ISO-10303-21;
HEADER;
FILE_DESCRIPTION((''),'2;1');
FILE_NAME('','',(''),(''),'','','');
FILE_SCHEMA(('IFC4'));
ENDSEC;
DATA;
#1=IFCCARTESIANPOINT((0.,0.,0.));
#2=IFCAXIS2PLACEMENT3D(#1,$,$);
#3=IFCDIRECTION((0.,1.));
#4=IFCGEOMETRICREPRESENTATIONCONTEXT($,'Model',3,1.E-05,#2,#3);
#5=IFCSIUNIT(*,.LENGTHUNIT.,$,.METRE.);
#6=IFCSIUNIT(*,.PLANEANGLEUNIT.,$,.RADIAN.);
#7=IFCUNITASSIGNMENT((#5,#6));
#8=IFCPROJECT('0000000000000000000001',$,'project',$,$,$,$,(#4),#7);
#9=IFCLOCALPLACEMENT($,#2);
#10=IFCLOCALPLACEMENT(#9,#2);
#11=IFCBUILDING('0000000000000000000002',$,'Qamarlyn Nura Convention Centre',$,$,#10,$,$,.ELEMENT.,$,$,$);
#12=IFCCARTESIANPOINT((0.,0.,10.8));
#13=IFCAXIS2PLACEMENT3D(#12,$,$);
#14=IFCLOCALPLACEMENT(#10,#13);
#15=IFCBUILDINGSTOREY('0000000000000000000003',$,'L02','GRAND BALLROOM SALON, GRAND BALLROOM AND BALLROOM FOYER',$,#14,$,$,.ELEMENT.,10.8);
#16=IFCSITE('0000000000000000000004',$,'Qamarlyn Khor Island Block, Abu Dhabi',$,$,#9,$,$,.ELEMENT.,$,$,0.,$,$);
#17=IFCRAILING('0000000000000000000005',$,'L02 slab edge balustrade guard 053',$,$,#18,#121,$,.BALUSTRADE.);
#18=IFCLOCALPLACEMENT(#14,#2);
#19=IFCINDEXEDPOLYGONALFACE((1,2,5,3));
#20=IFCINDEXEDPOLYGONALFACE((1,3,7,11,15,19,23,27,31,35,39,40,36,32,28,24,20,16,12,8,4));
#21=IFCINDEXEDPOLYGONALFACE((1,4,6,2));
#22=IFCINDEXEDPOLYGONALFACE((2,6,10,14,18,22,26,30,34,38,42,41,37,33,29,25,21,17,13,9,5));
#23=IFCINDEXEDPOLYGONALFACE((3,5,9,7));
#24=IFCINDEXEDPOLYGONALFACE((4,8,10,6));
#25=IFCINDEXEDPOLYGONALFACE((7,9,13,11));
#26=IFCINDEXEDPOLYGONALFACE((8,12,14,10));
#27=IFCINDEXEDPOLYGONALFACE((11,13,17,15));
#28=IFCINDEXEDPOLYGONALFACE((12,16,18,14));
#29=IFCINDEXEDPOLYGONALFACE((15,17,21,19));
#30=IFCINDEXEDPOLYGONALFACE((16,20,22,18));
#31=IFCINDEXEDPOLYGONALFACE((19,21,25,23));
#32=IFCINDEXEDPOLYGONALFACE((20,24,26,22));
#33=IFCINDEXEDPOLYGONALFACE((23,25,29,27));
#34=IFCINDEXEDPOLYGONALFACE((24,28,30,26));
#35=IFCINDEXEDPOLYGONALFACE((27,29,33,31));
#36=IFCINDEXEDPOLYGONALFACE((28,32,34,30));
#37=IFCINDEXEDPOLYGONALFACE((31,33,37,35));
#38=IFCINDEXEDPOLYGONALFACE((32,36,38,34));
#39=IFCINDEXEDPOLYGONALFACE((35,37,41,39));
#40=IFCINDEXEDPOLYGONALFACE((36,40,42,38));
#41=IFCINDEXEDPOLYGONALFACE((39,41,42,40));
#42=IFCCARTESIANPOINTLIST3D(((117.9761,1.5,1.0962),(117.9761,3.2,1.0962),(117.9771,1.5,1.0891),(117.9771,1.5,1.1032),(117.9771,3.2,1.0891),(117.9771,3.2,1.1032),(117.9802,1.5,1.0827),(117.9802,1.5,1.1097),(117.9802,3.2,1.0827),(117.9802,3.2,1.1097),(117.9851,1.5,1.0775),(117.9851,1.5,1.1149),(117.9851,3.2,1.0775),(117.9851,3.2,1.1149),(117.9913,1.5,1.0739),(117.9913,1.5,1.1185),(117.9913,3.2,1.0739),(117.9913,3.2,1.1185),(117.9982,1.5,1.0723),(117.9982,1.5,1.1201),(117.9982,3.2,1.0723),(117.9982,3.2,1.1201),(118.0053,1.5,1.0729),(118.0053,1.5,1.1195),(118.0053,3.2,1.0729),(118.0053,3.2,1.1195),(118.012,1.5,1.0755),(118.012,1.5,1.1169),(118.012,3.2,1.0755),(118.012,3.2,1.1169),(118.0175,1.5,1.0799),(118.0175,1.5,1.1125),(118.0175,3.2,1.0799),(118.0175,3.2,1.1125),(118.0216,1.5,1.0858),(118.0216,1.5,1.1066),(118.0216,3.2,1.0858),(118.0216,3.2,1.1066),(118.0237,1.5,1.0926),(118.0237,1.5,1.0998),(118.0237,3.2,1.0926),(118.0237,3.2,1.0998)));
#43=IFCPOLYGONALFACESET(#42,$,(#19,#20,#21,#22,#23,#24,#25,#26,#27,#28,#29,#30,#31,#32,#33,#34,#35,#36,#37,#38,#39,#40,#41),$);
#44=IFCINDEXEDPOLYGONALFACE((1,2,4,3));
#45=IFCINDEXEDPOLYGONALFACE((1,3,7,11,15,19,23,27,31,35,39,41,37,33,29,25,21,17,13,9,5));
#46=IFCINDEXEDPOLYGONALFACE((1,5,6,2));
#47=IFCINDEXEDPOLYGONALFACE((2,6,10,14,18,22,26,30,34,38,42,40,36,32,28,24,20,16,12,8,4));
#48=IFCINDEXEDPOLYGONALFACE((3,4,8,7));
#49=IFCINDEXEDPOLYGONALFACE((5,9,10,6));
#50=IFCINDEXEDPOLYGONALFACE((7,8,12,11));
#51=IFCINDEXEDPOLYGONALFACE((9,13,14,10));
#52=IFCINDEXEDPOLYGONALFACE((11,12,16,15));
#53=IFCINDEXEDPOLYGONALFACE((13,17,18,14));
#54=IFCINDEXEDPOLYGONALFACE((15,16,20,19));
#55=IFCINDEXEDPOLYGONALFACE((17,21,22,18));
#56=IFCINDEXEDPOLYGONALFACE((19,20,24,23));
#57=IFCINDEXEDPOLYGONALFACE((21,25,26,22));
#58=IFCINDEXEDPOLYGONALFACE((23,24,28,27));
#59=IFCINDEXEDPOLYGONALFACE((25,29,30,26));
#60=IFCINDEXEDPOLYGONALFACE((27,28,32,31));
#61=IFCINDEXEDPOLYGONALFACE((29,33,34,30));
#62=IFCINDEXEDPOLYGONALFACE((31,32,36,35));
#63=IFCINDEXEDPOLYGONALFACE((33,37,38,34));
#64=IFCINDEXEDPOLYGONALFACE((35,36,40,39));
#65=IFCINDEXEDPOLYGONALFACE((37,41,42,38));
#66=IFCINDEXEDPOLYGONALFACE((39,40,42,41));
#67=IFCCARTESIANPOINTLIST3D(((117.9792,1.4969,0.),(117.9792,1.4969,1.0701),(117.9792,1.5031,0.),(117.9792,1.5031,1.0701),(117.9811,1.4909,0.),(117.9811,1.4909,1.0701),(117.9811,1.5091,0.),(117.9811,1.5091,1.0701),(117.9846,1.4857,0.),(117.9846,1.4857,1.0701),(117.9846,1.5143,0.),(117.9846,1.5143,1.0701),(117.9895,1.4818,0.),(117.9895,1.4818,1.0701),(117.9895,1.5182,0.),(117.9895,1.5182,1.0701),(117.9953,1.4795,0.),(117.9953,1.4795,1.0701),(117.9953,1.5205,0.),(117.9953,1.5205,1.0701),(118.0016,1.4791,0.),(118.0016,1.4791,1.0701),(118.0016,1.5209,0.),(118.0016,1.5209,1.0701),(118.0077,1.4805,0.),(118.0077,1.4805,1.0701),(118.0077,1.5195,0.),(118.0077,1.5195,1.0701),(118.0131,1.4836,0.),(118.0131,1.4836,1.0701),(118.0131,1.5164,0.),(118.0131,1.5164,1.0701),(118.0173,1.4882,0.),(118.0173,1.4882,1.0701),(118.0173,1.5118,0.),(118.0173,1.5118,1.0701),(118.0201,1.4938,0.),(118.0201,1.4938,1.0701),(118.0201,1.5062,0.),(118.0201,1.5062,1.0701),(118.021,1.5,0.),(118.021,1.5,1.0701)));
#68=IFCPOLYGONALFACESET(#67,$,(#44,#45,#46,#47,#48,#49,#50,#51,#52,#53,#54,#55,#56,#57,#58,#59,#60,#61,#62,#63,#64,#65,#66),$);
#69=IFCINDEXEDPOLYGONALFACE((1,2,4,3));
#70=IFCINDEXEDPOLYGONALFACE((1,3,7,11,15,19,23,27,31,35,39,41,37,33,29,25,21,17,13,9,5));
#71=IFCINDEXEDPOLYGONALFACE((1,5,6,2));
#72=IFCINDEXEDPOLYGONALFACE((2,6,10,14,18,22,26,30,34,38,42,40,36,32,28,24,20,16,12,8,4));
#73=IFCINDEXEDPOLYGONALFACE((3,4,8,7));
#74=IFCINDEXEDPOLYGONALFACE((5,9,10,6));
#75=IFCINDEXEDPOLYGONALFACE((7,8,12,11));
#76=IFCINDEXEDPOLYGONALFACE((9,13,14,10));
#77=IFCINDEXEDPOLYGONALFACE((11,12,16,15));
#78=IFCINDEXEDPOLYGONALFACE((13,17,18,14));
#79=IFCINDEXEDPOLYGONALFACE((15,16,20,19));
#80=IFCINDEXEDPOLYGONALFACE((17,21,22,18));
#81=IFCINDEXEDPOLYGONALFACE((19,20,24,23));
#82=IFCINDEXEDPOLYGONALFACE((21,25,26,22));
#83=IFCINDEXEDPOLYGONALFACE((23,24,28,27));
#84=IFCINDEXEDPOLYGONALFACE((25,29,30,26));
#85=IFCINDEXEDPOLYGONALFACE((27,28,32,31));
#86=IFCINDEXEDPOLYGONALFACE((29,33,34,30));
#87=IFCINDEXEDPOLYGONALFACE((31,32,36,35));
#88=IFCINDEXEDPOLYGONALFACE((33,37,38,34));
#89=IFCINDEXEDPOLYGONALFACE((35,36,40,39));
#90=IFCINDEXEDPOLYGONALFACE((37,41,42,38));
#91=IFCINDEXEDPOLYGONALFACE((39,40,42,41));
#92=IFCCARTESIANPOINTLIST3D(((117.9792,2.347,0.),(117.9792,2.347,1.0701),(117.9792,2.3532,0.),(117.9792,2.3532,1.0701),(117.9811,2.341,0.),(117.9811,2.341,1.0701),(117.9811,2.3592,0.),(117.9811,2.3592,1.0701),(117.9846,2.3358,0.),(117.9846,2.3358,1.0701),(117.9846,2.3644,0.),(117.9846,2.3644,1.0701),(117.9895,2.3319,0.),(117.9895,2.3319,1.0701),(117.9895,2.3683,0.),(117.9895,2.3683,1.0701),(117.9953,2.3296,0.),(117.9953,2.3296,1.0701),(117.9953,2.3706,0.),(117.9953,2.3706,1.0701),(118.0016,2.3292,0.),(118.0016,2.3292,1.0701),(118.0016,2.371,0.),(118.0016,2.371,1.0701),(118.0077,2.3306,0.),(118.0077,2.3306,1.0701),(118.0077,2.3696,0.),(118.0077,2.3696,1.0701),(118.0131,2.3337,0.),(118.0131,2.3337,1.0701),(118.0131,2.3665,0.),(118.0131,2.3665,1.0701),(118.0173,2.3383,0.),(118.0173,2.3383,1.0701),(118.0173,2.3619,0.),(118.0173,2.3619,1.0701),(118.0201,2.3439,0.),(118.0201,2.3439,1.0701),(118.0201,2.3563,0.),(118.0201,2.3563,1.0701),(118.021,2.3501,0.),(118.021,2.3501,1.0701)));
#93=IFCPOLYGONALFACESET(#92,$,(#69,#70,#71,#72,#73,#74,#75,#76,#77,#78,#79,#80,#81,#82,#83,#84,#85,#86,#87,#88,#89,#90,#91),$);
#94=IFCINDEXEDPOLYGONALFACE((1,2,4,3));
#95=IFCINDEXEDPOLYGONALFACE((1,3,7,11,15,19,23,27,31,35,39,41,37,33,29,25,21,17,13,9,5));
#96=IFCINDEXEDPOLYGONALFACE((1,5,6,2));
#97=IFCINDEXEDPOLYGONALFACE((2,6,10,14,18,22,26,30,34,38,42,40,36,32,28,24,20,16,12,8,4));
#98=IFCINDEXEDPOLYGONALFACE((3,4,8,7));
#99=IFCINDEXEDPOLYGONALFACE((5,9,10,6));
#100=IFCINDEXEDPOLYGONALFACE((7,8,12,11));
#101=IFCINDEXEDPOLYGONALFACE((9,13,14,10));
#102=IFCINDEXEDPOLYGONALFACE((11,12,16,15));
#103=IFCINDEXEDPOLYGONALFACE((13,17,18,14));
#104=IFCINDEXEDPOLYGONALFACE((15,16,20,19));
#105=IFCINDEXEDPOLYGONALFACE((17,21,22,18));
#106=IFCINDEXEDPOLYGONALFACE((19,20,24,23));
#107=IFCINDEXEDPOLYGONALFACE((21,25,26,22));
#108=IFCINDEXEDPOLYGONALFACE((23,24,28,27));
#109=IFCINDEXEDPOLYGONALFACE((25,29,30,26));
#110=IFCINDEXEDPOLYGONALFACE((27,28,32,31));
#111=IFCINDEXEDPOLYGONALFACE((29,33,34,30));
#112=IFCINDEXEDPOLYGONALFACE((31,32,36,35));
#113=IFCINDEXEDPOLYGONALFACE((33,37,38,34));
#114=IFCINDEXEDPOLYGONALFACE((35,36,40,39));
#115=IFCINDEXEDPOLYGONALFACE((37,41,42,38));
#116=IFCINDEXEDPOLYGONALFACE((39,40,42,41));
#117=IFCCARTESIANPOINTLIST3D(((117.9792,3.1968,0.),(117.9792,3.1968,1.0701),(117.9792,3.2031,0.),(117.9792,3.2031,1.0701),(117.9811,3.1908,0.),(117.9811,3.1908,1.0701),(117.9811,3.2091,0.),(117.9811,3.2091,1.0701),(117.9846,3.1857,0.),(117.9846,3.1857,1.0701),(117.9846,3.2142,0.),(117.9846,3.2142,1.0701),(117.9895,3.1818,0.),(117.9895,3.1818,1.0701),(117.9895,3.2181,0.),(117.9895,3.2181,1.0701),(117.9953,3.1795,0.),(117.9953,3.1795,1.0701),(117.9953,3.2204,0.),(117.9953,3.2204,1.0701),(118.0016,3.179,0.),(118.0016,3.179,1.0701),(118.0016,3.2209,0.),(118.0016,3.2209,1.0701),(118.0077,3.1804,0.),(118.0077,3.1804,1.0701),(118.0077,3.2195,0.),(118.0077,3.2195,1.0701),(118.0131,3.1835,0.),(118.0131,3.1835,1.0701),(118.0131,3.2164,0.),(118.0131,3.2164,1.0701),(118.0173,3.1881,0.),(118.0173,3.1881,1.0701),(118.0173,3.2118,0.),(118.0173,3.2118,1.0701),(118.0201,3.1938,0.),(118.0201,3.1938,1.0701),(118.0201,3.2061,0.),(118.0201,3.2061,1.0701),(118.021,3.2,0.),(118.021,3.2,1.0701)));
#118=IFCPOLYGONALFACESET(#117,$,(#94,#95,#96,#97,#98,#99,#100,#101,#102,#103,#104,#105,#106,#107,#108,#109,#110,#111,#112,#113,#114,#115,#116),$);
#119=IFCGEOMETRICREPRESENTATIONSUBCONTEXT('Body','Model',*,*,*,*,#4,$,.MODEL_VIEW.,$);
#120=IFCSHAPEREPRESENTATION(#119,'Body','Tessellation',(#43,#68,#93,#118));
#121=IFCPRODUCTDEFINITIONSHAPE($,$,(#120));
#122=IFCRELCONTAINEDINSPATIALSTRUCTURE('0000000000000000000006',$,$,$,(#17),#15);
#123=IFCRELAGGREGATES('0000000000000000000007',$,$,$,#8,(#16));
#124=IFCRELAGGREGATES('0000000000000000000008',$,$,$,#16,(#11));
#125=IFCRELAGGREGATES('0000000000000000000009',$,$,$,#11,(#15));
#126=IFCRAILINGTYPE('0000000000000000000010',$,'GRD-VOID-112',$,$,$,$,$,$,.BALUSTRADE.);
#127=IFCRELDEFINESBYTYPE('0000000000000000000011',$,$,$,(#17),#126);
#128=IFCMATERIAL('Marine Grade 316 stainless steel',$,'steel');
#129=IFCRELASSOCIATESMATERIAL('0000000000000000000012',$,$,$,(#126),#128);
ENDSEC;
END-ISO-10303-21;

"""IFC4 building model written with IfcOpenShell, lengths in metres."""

from ifc_helpers import new_model, si_unit, direction, frame, origin, origin_2d, place, context, subcontext, project, spatial, circle, extrude, material, type_object, element, save


model = new_model("IFC4")

# Units and contexts
model_context = context("Model", 3, precision=1e-05, world=origin(), true_north=direction((0.0, 1.0)))
body_context = subcontext(model_context, "Body", "Model", "MODEL_VIEW")
ifc_project = project(units=[si_unit("LENGTHUNIT", "METRE"), si_unit("PLANEANGLEUNIT", "RADIAN")], contexts=[model_context])

# Site, building, storey
site_placement = place(None, origin())
site = spatial("IfcSite", under=ifc_project, at=site_placement, Name="Qamarlyn Khor Island Block, Abu Dhabi", CompositionType="ELEMENT", RefElevation=0.0)
building_placement = place(site_placement, origin())
building = spatial("IfcBuilding", under=site, at=building_placement, Name="Qamarlyn Nura Convention Centre", CompositionType="ELEMENT")
storey_placement = place(building_placement, frame((0.0, 0.0, 10.8)))
storey = spatial("IfcBuildingStorey", under=building, at=storey_placement, Name="L02", Description="GRAND BALLROOM SALON, GRAND BALLROOM AND BALLROOM FOYER", CompositionType="ELEMENT", Elevation=10.8)

# Railing
ifc_material_1 = material(Name="Marine Grade 316 stainless steel", Category="steel")
railing_type = type_object("IfcRailingType", Name="GRD-VOID-112", PredefinedType="BALUSTRADE", material=ifc_material_1)
railing_1_placement = place(storey_placement, frame((118.0, 1.5, 0.0)))
element("IfcRailing", 1, at=railing_1_placement, inside=storey, type_object=railing_type, Name="L02 slab edge balustrade guard 053", PredefinedType="BALUSTRADE", context=body_context, shape_type="SweptSolid", body=[
    extrude(circle(Radius=0.0239, at=origin_2d()), frame((0.0, 0.0, 1.0962), z_axis=(0.0, 1.0, 0.0), x_axis=(-1.0, 0.0, 0.0)), (0.0, 0.0, 1.0), 1.7),
    extrude(circle(Radius=0.021, at=origin_2d()), origin(), (0.0, 0.0, 1.0), 1.0701),
    extrude(circle(Radius=0.021, at=origin_2d()), frame((0.0, 0.8501, 0.0)), (0.0, 0.0, 1.0), 1.0701),
    extrude(circle(Radius=0.021, at=origin_2d()), frame((0.0, 1.7, 0.0)), (0.0, 0.0, 1.0), 1.0701),
])

save(model, "model.ifc")
